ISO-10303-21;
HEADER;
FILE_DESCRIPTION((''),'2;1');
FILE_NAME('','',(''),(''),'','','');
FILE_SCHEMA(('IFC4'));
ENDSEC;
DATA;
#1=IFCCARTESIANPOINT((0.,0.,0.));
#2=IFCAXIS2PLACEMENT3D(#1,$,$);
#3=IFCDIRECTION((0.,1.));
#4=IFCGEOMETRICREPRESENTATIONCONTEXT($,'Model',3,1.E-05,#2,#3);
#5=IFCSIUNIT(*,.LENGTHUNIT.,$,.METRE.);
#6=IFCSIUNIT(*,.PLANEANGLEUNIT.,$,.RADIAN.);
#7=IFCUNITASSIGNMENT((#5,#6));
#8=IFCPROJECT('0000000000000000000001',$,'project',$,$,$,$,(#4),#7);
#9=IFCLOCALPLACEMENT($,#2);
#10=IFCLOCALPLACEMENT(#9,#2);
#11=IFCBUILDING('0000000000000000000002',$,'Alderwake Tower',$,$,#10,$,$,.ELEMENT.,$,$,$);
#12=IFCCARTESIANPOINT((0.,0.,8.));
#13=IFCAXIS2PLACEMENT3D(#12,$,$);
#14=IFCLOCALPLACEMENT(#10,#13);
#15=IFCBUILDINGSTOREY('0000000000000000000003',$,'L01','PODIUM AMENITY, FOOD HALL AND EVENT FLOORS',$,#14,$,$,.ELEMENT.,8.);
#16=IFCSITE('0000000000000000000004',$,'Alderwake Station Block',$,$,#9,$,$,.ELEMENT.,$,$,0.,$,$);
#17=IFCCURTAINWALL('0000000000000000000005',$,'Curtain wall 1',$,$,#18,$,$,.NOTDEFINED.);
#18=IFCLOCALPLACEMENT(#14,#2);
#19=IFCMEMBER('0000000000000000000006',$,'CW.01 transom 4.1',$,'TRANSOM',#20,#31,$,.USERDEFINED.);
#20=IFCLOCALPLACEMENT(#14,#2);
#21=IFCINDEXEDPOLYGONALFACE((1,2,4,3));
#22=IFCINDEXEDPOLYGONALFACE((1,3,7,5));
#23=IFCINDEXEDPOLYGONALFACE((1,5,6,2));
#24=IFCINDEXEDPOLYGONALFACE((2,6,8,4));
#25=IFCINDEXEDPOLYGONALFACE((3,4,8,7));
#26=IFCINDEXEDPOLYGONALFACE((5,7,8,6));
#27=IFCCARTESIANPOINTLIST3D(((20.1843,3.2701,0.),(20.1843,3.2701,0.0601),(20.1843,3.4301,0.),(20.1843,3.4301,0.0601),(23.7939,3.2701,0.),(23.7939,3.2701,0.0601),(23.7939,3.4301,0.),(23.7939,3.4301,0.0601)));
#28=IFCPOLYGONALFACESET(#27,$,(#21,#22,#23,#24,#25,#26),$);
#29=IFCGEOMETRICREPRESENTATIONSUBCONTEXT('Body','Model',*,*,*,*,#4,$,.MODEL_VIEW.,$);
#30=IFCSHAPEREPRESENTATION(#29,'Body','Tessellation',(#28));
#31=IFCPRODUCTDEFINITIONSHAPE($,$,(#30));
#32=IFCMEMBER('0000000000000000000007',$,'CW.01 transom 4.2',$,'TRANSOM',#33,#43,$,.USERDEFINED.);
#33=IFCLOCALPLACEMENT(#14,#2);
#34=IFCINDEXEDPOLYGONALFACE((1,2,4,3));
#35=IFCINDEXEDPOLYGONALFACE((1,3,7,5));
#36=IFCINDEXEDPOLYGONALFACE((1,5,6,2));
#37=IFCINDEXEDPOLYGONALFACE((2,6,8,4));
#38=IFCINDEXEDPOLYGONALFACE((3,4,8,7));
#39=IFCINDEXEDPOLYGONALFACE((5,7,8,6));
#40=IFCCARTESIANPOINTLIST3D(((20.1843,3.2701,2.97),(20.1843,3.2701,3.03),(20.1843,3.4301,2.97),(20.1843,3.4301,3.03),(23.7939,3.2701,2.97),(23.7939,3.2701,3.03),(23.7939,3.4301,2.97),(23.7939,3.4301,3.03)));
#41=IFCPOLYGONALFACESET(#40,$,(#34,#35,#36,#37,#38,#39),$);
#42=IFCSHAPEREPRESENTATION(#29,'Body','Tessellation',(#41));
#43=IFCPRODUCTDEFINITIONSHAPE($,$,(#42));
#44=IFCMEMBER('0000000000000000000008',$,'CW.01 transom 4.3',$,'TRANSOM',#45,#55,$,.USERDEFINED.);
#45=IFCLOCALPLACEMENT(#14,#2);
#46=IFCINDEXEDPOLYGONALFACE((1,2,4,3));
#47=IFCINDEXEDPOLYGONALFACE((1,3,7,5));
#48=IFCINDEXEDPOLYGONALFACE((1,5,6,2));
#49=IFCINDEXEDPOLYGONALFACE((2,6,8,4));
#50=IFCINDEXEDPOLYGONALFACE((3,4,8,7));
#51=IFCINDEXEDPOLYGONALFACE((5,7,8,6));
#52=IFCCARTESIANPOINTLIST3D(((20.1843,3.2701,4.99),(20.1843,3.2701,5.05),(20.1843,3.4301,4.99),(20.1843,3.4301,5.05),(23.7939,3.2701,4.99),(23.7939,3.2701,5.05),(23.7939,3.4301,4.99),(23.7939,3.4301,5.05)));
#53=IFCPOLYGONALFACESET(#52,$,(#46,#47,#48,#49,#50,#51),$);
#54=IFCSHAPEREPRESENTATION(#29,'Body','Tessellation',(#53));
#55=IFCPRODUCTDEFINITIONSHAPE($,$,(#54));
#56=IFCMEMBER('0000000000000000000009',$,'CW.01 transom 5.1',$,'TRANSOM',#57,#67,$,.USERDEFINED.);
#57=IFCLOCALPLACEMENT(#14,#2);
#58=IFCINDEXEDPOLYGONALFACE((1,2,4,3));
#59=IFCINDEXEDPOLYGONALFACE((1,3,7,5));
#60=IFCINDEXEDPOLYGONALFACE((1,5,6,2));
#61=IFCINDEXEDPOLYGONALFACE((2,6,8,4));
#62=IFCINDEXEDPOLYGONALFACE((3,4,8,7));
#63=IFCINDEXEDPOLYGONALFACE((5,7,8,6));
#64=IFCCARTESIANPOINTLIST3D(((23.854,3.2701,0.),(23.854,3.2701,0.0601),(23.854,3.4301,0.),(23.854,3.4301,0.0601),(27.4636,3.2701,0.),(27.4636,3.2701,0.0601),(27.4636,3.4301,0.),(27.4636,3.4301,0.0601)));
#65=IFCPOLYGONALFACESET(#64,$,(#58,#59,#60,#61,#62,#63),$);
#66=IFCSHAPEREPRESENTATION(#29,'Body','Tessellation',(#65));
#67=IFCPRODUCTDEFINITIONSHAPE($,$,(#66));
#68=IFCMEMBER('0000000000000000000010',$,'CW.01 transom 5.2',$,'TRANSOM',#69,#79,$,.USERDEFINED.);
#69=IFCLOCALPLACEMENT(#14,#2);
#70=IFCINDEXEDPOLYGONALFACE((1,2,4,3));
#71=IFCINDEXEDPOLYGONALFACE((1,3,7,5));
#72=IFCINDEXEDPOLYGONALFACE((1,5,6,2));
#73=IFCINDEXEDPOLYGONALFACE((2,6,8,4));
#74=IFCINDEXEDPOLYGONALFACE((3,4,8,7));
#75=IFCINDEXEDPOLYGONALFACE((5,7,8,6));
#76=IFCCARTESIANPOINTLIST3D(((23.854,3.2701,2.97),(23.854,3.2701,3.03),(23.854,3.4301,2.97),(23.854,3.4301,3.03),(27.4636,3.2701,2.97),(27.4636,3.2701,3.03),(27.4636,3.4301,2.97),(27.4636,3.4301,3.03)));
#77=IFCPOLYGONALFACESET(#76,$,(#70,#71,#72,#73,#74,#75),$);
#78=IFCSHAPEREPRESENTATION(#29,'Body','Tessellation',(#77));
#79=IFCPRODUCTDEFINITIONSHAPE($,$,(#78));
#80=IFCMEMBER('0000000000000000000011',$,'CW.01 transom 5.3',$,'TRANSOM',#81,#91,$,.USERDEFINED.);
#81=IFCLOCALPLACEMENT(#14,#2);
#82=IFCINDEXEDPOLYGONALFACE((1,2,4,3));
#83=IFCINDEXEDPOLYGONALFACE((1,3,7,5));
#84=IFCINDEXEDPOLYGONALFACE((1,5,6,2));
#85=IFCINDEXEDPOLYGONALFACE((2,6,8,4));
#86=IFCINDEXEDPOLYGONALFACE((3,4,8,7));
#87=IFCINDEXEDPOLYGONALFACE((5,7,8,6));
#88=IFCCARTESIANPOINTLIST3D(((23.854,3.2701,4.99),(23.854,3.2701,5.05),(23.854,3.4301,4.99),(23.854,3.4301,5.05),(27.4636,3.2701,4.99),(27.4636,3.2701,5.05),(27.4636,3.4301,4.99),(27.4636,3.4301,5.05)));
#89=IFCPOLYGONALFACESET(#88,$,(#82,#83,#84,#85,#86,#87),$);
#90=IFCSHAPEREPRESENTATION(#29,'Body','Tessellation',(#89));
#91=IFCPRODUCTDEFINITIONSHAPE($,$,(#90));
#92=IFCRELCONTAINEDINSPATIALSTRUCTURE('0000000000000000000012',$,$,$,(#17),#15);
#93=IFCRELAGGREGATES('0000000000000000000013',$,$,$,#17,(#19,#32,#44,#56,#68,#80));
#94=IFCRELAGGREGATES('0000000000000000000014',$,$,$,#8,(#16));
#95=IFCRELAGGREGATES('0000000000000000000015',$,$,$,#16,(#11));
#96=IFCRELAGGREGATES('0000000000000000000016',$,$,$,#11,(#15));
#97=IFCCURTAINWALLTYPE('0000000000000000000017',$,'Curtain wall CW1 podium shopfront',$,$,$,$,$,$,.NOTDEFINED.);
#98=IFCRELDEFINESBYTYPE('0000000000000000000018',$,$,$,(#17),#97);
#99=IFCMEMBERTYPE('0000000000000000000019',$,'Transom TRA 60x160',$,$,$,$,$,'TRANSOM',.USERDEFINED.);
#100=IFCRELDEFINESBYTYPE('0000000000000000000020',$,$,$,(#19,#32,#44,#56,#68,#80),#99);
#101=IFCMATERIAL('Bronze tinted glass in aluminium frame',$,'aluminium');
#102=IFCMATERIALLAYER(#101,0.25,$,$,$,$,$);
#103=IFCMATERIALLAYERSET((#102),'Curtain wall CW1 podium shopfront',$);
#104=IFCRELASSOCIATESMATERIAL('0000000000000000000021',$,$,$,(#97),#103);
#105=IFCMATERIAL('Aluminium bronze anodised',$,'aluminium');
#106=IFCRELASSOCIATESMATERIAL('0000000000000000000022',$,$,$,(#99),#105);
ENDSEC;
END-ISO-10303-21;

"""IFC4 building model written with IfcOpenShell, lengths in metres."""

from ifc_helpers import new_model, si_unit, direction, frame, origin, origin_2d, place, context, subcontext, project, spatial, rectangle, extrude, material, layer, layer_set, material_profile, profile_set, type_object, element, aggregate, save


model = new_model("IFC4")

# Units and contexts
model_context = context("Model", 3, precision=1e-05, world=origin(), true_north=direction((0.0, 1.0)))
body_context = subcontext(model_context, "Body", "Model", "MODEL_VIEW")
ifc_project = project(units=[si_unit("LENGTHUNIT", "METRE"), si_unit("PLANEANGLEUNIT", "RADIAN")], contexts=[model_context])

# Site, building, storey
site_placement = place(None, origin())
site = spatial("IfcSite", under=ifc_project, at=site_placement, Name="Alderwake Station Block", CompositionType="ELEMENT", RefElevation=0.0)
building_placement = place(site_placement, origin())
building = spatial("IfcBuilding", under=site, at=building_placement, Name="Alderwake Tower", CompositionType="ELEMENT")
storey_placement = place(building_placement, frame((0.0, 0.0, 8.0)))
storey = spatial("IfcBuildingStorey", under=building, at=storey_placement, Name="L01", Description="PODIUM AMENITY, FOOD HALL AND EVENT FLOORS", CompositionType="ELEMENT", Elevation=8.0)

# Curtain wall
ifc_material_1 = material(Name="Bronze tinted glass in aluminium frame", Category="aluminium")
ifc_layer_1 = layer(ifc_material_1, 0.25)
ifc_layer_set_1 = layer_set([ifc_layer_1], Name="Curtain wall CW1 podium shopfront")
curtain_wall_type = type_object("IfcCurtainWallType", Name="Curtain wall CW1 podium shopfront", PredefinedType="NOTDEFINED", material=ifc_layer_set_1)
curtain_wall_1_placement = place(storey_placement, origin())
curtain_wall_1 = element("IfcCurtainWall", 1, at=curtain_wall_1_placement, inside=storey, type_object=curtain_wall_type, Name="Curtain wall 1", PredefinedType="NOTDEFINED")

# Members
ifc_material_2 = material(Name="Aluminium bronze anodised", Category="aluminium")
ifc_material_profile_1 = material_profile(ifc_material_2, rectangle(XDim=0.1599, YDim=0.0601, at=origin_2d()), Name="Transom TRA 60x160")
ifc_profile_set_1 = profile_set([ifc_material_profile_1], Name="Aluminium bronze anodised")
member_type_1 = type_object("IfcMemberType", Name="Transom TRA 60x160", ElementType="TRANSOM", PredefinedType="USERDEFINED", material=ifc_profile_set_1)
member_1_placement = place(storey_placement, frame((20.1843, 3.3501, 0.03), z_axis=(1.0, 0.0, 0.0), x_axis=(0.0, 1.0, 0.0)))
member_1 = element("IfcMember", 2, at=member_1_placement, type_object=member_type_1, Name="CW.01 transom 4.1", ObjectType="TRANSOM", PredefinedType="USERDEFINED", context=body_context, shape_type="SweptSolid", body=[
    extrude(rectangle(XDim=0.1599, YDim=0.0601, at=origin_2d()), origin(), (0.0, 0.0, 1.0), 3.6096),
])
member_2_placement = place(storey_placement, frame((20.1843, 3.3501, 3.0), z_axis=(1.0, 0.0, 0.0), x_axis=(0.0, 1.0, 0.0)))
member_2 = element("IfcMember", 3, at=member_2_placement, type_object=member_type_1, Name="CW.01 transom 4.2", ObjectType="TRANSOM", PredefinedType="USERDEFINED", context=body_context, shape_type="SweptSolid", body=[
    extrude(rectangle(XDim=0.1599, YDim=0.0601, at=origin_2d()), origin(), (0.0, 0.0, 1.0), 3.6096),
])
member_3_placement = place(storey_placement, frame((20.1843, 3.3501, 5.02), z_axis=(1.0, 0.0, 0.0), x_axis=(0.0, 1.0, 0.0)))
member_3 = element("IfcMember", 4, at=member_3_placement, type_object=member_type_1, Name="CW.01 transom 4.3", ObjectType="TRANSOM", PredefinedType="USERDEFINED", context=body_context, shape_type="SweptSolid", body=[
    extrude(rectangle(XDim=0.1599, YDim=0.0601, at=origin_2d()), origin(), (0.0, 0.0, 1.0), 3.6096),
])
member_4_placement = place(storey_placement, frame((23.854, 3.3501, 0.03), z_axis=(1.0, 0.0, 0.0), x_axis=(0.0, 1.0, 0.0)))
member_4 = element("IfcMember", 5, at=member_4_placement, type_object=member_type_1, Name="CW.01 transom 5.1", ObjectType="TRANSOM", PredefinedType="USERDEFINED", context=body_context, shape_type="SweptSolid", body=[
    extrude(rectangle(XDim=0.1599, YDim=0.0601, at=origin_2d()), origin(), (0.0, 0.0, 1.0), 3.6096),
])
member_5_placement = place(storey_placement, frame((23.854, 3.3501, 3.0), z_axis=(1.0, 0.0, 0.0), x_axis=(0.0, 1.0, 0.0)))
member_5 = element("IfcMember", 6, at=member_5_placement, type_object=member_type_1, Name="CW.01 transom 5.2", ObjectType="TRANSOM", PredefinedType="USERDEFINED", context=body_context, shape_type="SweptSolid", body=[
    extrude(rectangle(XDim=0.1599, YDim=0.0601, at=origin_2d()), origin(), (0.0, 0.0, 1.0), 3.6096),
])
member_6_placement = place(storey_placement, frame((23.854, 3.3501, 5.02), z_axis=(1.0, 0.0, 0.0), x_axis=(0.0, 1.0, 0.0)))
member_6 = element("IfcMember", 7, at=member_6_placement, type_object=member_type_1, Name="CW.01 transom 5.3", ObjectType="TRANSOM", PredefinedType="USERDEFINED", context=body_context, shape_type="SweptSolid", body=[
    extrude(rectangle(XDim=0.1599, YDim=0.0601, at=origin_2d()), origin(), (0.0, 0.0, 1.0), 3.6096),
])

aggregate(curtain_wall_1, [member_1, member_2, member_3, member_4, member_5, member_6])

save(model, "model.ifc")
